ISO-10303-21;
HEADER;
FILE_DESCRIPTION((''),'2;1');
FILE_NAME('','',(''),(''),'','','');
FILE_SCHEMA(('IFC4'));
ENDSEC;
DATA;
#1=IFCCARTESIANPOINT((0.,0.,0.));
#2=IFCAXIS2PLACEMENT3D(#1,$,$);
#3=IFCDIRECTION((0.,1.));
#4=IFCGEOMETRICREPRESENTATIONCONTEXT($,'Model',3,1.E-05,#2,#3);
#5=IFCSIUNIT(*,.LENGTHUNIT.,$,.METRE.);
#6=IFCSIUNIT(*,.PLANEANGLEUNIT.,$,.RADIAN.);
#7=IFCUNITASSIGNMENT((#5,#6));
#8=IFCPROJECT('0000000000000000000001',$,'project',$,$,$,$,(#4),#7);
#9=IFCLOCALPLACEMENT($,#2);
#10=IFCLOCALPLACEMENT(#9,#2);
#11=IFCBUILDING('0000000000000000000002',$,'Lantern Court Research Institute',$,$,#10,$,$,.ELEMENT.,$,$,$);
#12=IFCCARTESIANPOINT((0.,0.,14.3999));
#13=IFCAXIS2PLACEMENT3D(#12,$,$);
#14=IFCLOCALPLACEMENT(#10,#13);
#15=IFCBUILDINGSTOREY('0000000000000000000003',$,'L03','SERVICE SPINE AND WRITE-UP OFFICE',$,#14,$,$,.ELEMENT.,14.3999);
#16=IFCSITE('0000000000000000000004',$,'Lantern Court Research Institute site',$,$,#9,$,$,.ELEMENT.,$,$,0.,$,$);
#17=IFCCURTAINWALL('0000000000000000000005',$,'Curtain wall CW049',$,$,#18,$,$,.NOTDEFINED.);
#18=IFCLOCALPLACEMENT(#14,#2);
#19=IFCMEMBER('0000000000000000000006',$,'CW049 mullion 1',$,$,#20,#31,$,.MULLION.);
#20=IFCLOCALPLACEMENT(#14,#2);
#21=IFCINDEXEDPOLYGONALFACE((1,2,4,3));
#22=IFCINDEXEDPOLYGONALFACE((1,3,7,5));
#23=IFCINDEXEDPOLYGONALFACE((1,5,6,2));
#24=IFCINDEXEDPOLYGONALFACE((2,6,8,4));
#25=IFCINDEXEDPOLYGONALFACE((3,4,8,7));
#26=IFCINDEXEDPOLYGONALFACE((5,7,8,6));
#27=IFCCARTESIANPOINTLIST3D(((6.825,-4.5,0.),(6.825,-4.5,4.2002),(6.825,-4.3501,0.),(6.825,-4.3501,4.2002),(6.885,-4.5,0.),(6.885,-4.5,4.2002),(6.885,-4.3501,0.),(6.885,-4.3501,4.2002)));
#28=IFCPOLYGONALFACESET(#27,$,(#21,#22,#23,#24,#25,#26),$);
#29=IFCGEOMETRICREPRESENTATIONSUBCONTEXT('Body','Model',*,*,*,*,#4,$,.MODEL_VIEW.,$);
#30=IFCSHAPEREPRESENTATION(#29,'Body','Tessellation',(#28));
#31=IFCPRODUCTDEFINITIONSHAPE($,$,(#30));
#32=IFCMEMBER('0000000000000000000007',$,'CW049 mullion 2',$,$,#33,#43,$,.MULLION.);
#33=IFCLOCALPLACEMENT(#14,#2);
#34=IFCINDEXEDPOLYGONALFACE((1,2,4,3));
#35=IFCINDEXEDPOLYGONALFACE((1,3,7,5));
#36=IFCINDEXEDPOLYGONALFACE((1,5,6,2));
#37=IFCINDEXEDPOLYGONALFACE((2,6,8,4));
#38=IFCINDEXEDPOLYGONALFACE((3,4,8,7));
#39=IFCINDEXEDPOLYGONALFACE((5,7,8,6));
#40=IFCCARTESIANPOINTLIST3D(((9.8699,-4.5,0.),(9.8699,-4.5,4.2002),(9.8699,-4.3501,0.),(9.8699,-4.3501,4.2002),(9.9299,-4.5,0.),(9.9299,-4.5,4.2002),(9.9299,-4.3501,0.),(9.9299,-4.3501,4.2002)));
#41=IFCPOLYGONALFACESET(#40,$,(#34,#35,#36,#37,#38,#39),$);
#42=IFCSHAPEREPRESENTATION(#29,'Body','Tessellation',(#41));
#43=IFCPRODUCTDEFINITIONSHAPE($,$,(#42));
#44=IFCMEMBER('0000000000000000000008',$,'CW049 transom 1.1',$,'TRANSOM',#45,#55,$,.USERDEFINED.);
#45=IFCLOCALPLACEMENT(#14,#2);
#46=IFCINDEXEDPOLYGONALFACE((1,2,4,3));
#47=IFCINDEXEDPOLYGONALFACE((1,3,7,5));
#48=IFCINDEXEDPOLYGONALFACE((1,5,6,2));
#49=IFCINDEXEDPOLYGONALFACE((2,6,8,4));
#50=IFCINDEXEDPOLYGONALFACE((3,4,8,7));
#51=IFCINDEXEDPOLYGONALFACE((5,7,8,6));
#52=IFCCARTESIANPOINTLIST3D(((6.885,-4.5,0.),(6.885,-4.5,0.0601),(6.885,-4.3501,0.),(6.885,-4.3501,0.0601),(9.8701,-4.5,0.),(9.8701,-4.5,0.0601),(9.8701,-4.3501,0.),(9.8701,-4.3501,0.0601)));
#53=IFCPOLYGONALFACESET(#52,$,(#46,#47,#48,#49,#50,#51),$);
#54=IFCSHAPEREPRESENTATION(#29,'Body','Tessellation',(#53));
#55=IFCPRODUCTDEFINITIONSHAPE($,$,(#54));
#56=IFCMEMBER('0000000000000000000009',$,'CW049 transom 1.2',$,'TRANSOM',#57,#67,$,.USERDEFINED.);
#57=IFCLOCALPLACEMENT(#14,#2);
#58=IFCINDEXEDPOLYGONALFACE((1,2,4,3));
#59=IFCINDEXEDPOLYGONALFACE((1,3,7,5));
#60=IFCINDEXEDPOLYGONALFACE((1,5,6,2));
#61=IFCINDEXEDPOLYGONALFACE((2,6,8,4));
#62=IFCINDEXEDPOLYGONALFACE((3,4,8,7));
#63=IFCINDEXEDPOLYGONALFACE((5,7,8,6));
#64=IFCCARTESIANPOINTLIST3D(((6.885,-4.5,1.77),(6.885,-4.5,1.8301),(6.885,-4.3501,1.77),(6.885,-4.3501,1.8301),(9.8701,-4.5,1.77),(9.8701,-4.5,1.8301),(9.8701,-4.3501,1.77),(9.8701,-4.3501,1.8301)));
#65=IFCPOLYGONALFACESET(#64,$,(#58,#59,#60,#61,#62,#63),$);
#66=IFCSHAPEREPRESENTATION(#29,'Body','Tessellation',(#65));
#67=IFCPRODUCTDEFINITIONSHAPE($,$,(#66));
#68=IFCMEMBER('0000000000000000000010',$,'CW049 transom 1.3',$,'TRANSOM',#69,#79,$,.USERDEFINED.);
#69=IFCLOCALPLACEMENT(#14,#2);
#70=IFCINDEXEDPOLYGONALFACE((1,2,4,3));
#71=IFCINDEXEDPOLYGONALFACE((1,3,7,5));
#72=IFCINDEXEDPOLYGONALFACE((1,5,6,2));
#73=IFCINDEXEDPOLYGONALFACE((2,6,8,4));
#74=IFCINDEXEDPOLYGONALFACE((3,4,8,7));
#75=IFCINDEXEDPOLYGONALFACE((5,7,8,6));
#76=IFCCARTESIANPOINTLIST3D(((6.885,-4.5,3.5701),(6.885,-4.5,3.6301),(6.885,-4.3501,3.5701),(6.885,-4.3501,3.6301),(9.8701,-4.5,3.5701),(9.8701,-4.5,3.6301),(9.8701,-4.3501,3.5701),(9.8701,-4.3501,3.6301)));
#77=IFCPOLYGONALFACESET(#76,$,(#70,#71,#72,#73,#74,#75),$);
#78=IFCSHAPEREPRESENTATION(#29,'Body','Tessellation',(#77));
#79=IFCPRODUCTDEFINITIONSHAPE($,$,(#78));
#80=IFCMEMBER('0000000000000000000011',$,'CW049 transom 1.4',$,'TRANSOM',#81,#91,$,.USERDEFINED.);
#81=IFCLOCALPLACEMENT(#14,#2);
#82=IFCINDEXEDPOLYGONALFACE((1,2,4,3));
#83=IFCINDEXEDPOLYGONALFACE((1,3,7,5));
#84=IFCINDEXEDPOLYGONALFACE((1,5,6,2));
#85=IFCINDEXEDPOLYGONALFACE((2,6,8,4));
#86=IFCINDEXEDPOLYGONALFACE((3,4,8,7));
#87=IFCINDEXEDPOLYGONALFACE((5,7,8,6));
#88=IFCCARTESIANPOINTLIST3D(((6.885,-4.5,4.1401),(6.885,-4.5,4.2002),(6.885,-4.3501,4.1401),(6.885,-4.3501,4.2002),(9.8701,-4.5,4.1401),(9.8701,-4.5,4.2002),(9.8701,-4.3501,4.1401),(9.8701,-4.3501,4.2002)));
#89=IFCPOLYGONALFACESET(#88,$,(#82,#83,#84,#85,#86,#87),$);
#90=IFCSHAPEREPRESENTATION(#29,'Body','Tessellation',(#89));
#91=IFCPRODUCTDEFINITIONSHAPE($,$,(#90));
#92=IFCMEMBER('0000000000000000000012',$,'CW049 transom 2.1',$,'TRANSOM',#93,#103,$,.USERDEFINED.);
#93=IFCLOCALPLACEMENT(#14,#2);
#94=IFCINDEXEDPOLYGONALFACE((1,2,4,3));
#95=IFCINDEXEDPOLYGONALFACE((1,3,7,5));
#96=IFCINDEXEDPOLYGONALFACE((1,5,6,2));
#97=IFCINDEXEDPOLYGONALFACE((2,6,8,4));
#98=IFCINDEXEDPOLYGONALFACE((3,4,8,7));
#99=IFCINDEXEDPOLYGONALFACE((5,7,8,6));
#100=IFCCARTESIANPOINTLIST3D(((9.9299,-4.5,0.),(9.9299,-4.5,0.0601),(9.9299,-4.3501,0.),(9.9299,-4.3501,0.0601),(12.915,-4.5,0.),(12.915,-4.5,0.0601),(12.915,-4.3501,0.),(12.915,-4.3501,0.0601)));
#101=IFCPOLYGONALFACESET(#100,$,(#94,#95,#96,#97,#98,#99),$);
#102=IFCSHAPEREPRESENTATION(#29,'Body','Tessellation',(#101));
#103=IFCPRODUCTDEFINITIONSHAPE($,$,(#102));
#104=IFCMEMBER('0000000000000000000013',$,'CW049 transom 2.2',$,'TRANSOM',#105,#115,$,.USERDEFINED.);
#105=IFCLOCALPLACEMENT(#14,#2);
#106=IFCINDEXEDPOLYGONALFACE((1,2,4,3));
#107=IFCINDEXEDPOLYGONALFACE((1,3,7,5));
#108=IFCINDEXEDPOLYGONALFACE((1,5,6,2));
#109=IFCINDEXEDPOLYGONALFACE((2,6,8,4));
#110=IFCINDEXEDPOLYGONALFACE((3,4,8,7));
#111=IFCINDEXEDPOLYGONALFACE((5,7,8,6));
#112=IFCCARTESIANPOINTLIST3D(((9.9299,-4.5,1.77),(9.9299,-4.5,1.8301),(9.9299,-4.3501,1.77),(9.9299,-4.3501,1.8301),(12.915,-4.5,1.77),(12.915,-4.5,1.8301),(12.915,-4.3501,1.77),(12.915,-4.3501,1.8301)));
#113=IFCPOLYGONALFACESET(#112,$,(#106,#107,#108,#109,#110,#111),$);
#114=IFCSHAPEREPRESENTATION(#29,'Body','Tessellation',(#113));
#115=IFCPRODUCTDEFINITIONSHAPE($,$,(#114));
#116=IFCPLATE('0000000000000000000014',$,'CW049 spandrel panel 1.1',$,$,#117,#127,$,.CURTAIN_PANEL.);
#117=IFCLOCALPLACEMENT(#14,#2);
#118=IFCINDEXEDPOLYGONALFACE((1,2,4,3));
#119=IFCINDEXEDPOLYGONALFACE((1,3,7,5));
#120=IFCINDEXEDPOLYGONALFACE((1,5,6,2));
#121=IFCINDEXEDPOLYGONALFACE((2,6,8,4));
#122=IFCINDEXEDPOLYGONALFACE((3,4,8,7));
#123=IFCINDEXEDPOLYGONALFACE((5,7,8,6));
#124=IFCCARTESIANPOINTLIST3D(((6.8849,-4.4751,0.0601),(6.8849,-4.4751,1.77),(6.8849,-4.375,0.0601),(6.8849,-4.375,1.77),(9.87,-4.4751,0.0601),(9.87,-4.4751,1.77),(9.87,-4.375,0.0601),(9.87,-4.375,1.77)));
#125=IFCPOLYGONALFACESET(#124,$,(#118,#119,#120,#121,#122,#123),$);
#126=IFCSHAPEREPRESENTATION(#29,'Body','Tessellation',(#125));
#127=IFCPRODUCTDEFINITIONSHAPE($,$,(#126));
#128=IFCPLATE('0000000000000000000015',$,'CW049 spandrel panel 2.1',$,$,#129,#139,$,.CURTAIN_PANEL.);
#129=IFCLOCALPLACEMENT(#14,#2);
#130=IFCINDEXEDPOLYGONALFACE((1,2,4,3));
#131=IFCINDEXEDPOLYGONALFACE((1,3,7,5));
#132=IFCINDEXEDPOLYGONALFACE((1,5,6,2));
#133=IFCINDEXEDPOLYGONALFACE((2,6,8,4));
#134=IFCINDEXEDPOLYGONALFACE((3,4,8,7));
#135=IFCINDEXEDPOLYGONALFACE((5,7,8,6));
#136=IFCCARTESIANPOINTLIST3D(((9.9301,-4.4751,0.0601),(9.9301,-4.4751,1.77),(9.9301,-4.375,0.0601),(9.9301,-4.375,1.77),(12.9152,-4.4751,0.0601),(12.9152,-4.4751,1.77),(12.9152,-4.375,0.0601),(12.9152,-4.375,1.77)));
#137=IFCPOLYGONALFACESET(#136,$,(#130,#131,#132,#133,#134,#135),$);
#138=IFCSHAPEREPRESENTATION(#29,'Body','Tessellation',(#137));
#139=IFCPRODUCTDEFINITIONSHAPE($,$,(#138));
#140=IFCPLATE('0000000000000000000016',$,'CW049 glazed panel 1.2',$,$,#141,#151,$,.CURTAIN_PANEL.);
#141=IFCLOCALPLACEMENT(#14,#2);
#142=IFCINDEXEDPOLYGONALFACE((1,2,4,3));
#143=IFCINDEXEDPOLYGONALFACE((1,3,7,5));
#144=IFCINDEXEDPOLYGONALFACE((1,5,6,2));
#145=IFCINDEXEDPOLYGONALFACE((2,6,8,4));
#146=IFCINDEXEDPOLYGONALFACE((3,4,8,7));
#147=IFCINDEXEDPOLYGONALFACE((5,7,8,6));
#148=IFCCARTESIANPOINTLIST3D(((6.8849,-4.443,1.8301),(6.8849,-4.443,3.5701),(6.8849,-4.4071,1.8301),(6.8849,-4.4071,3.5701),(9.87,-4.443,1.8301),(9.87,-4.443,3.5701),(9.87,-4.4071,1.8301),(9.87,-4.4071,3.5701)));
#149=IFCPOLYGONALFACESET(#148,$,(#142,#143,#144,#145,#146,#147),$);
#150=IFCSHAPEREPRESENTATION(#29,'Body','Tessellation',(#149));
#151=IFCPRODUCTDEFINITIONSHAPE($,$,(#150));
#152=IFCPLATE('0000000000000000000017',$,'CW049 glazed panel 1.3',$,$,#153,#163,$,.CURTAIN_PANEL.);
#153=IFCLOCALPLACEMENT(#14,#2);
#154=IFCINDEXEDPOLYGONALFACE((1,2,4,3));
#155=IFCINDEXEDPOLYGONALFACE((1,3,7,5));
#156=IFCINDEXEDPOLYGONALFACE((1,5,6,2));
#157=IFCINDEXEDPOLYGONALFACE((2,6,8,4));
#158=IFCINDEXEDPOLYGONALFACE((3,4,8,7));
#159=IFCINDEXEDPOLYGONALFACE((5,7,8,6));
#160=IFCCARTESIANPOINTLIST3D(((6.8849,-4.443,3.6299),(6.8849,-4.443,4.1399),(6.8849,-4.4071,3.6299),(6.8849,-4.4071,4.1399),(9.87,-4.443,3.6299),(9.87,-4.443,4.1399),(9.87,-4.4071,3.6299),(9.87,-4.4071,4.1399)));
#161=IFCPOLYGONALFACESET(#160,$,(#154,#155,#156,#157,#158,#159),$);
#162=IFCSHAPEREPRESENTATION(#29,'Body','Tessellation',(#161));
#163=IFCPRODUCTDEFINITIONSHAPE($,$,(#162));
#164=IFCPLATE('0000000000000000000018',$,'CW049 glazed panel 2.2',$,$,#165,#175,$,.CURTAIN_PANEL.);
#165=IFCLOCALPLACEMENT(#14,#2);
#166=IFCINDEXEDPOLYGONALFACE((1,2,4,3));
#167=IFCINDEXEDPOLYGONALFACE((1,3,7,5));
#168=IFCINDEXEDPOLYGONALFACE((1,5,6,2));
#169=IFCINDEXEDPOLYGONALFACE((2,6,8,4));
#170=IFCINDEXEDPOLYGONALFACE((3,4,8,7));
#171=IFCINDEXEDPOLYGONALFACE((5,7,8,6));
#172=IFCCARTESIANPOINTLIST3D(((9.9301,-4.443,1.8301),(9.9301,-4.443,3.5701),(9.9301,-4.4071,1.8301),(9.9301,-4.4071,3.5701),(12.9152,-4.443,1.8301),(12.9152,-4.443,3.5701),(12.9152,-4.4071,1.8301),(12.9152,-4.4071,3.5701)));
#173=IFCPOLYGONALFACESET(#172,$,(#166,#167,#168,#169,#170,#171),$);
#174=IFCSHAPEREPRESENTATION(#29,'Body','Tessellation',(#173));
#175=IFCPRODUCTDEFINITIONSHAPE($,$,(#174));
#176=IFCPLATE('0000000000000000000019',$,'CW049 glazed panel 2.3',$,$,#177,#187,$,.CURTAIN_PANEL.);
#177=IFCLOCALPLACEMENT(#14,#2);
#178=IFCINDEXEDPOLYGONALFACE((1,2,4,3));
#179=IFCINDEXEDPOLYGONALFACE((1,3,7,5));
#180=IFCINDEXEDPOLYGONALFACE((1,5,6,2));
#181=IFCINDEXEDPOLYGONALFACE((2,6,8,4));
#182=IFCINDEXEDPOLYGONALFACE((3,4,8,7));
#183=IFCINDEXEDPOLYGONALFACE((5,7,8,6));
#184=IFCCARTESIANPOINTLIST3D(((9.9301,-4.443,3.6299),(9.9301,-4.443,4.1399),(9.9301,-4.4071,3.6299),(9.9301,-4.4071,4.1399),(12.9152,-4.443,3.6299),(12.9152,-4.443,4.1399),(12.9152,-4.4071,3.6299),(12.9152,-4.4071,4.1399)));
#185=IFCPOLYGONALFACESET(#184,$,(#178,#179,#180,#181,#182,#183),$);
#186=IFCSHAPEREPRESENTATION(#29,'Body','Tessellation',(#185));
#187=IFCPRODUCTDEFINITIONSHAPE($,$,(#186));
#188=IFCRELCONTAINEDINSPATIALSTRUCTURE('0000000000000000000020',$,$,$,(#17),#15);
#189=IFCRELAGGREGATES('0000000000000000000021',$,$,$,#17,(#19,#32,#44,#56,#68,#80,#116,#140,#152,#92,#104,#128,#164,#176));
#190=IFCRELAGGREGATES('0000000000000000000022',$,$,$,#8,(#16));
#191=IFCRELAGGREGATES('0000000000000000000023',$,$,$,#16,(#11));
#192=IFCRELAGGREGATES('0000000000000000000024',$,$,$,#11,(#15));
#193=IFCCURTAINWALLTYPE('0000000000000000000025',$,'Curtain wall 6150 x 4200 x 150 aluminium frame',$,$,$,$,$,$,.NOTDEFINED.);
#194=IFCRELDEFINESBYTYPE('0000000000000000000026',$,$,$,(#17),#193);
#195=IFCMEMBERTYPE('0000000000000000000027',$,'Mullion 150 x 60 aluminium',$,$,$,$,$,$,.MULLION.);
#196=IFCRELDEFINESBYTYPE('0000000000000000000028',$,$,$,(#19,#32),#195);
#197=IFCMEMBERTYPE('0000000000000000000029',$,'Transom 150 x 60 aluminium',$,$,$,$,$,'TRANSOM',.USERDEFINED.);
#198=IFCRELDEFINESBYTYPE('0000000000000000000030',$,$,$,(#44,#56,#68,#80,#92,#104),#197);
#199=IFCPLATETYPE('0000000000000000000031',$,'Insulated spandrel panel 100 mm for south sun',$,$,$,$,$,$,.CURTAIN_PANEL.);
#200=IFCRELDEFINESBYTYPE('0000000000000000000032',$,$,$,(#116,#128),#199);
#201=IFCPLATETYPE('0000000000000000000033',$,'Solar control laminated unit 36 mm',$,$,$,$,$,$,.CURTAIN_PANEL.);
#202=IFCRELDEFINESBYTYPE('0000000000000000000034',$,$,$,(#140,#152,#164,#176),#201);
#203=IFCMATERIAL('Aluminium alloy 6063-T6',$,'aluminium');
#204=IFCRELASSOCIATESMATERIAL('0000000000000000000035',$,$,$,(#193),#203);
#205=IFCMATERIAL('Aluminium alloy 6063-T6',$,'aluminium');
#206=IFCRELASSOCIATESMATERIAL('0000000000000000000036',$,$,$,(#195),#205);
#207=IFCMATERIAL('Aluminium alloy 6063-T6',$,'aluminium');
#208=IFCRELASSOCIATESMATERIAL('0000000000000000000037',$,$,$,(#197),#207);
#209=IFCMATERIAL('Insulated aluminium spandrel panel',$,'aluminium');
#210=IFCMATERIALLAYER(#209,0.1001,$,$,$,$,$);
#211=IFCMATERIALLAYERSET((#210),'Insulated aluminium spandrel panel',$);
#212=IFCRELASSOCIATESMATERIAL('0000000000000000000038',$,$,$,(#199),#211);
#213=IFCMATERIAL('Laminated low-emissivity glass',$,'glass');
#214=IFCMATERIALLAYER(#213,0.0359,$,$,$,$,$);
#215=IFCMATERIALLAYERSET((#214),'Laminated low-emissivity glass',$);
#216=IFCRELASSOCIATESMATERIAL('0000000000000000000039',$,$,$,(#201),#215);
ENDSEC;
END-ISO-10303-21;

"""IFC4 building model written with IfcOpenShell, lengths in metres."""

from ifc_helpers import new_model, si_unit, direction, frame, origin, origin_2d, place, context, subcontext, project, spatial, rectangle, extrude, material, layer, layer_set, material_profile, profile_set, type_object, element, aggregate, save


model = new_model("IFC4")

# Units and contexts
model_context = context("Model", 3, precision=1e-05, world=origin(), true_north=direction((0.0, 1.0)))
body_context = subcontext(model_context, "Body", "Model", "MODEL_VIEW")
ifc_project = project(units=[si_unit("LENGTHUNIT", "METRE"), si_unit("PLANEANGLEUNIT", "RADIAN")], contexts=[model_context])

# Site, building, storey
site_placement = place(None, origin())
site = spatial("IfcSite", under=ifc_project, at=site_placement, Name="Lantern Court Research Institute site", CompositionType="ELEMENT", RefElevation=0.0)
building_placement = place(site_placement, origin())
building = spatial("IfcBuilding", under=site, at=building_placement, Name="Lantern Court Research Institute", CompositionType="ELEMENT")
storey_placement = place(building_placement, frame((0.0, 0.0, 14.3999)))
storey = spatial("IfcBuildingStorey", under=building, at=storey_placement, Name="L03", Description="SERVICE SPINE AND WRITE-UP OFFICE", CompositionType="ELEMENT", Elevation=14.3999)

# Curtain wall, members, plates
ifc_material_1 = material(Name="Aluminium alloy 6063-T6", Category="aluminium")
curtain_wall_type = type_object("IfcCurtainWallType", Name="Curtain wall 6150 x 4200 x 150 aluminium frame", PredefinedType="NOTDEFINED", material=ifc_material_1)
curtain_wall_placement = place(storey_placement, origin())
curtain_wall = element("IfcCurtainWall", 1, at=curtain_wall_placement, inside=storey, type_object=curtain_wall_type, Name="Curtain wall CW049", PredefinedType="NOTDEFINED")
ifc_material_2 = material(Name="Aluminium alloy 6063-T6", Category="aluminium")
ifc_material_profile_1 = material_profile(ifc_material_2, rectangle(XDim=0.1499, YDim=0.0601, at=origin_2d()), Name="Mullion 150 x 60")
ifc_profile_set_1 = profile_set([ifc_material_profile_1], Name="Aluminium alloy 6063-T6")
member_type_1 = type_object("IfcMemberType", Name="Mullion 150 x 60 aluminium", PredefinedType="MULLION", material=ifc_profile_set_1)
member_1_placement = place(storey_placement, frame((6.855, -4.425, 0.0), z_axis=(0.0, 0.0, 1.0), x_axis=(0.0, -1.0, 0.0)))
member_1 = element("IfcMember", 2, at=member_1_placement, type_object=member_type_1, Name="CW049 mullion 1", PredefinedType="MULLION", context=body_context, shape_type="SweptSolid", body=[
    extrude(rectangle(XDim=0.1499, YDim=0.0601, at=origin_2d()), origin(), (0.0, 0.0, 1.0), 4.2002),
])
member_2_placement = place(storey_placement, frame((9.8999, -4.425, 0.0), z_axis=(0.0, 0.0, 1.0), x_axis=(0.0, -1.0, 0.0)))
member_2 = element("IfcMember", 3, at=member_2_placement, type_object=member_type_1, Name="CW049 mullion 2", PredefinedType="MULLION", context=body_context, shape_type="SweptSolid", body=[
    extrude(rectangle(XDim=0.1499, YDim=0.0601, at=origin_2d()), origin(), (0.0, 0.0, 1.0), 4.2002),
])
ifc_material_3 = material(Name="Aluminium alloy 6063-T6", Category="aluminium")
ifc_material_profile_2 = material_profile(ifc_material_3, rectangle(XDim=0.1499, YDim=0.0601, at=origin_2d()), Name="Transom 150 x 60")
ifc_profile_set_2 = profile_set([ifc_material_profile_2], Name="Aluminium alloy 6063-T6")
member_type_2 = type_object("IfcMemberType", Name="Transom 150 x 60 aluminium", ElementType="TRANSOM", PredefinedType="USERDEFINED", material=ifc_profile_set_2)
member_3_placement = place(storey_placement, frame((9.8701, -4.425, 0.03), z_axis=(-1.0, 0.0, 0.0), x_axis=(0.0, -1.0, 0.0)))
member_3 = element("IfcMember", 4, at=member_3_placement, type_object=member_type_2, Name="CW049 transom 1.1", ObjectType="TRANSOM", PredefinedType="USERDEFINED", context=body_context, shape_type="SweptSolid", body=[
    extrude(rectangle(XDim=0.1499, YDim=0.0601, at=origin_2d()), origin(), (0.0, 0.0, 1.0), 2.9851),
])
member_4_placement = place(storey_placement, frame((9.8701, -4.425, 1.8), z_axis=(-1.0, 0.0, 0.0), x_axis=(0.0, -1.0, 0.0)))
member_4 = element("IfcMember", 5, at=member_4_placement, type_object=member_type_2, Name="CW049 transom 1.2", ObjectType="TRANSOM", PredefinedType="USERDEFINED", context=body_context, shape_type="SweptSolid", body=[
    extrude(rectangle(XDim=0.1499, YDim=0.0601, at=origin_2d()), origin(), (0.0, 0.0, 1.0), 2.9851),
])
member_5_placement = place(storey_placement, frame((9.8701, -4.425, 3.6001), z_axis=(-1.0, 0.0, 0.0), x_axis=(0.0, -1.0, 0.0)))
member_5 = element("IfcMember", 6, at=member_5_placement, type_object=member_type_2, Name="CW049 transom 1.3", ObjectType="TRANSOM", PredefinedType="USERDEFINED", context=body_context, shape_type="SweptSolid", body=[
    extrude(rectangle(XDim=0.1499, YDim=0.0601, at=origin_2d()), origin(), (0.0, 0.0, 1.0), 2.9851),
])
member_6_placement = place(storey_placement, frame((9.8701, -4.425, 4.1702), z_axis=(-1.0, 0.0, 0.0), x_axis=(0.0, -1.0, 0.0)))
member_6 = element("IfcMember", 7, at=member_6_placement, type_object=member_type_2, Name="CW049 transom 1.4", ObjectType="TRANSOM", PredefinedType="USERDEFINED", context=body_context, shape_type="SweptSolid", body=[
    extrude(rectangle(XDim=0.1499, YDim=0.0601, at=origin_2d()), origin(), (0.0, 0.0, 1.0), 2.9851),
])
member_7_placement = place(storey_placement, frame((12.915, -4.425, 0.03), z_axis=(-1.0, 0.0, 0.0), x_axis=(0.0, -1.0, 0.0)))
member_7 = element("IfcMember", 8, at=member_7_placement, type_object=member_type_2, Name="CW049 transom 2.1", ObjectType="TRANSOM", PredefinedType="USERDEFINED", context=body_context, shape_type="SweptSolid", body=[
    extrude(rectangle(XDim=0.1499, YDim=0.0601, at=origin_2d()), origin(), (0.0, 0.0, 1.0), 2.9851),
])
member_8_placement = place(storey_placement, frame((12.915, -4.425, 1.8), z_axis=(-1.0, 0.0, 0.0), x_axis=(0.0, -1.0, 0.0)))
member_8 = element("IfcMember", 9, at=member_8_placement, type_object=member_type_2, Name="CW049 transom 2.2", ObjectType="TRANSOM", PredefinedType="USERDEFINED", context=body_context, shape_type="SweptSolid", body=[
    extrude(rectangle(XDim=0.1499, YDim=0.0601, at=origin_2d()), origin(), (0.0, 0.0, 1.0), 2.9851),
])
ifc_material_4 = material(Name="Insulated aluminium spandrel panel", Category="aluminium")
ifc_layer_1 = layer(ifc_material_4, 0.1001)
ifc_layer_set_1 = layer_set([ifc_layer_1], Name="Insulated aluminium spandrel panel")
plate_type_1 = type_object("IfcPlateType", Name="Insulated spandrel panel 100 mm for south sun", PredefinedType="CURTAIN_PANEL", material=ifc_layer_set_1)
plate_1_placement = place(storey_placement, frame((8.3774, -4.425, 0.0601), z_axis=(0.0, 0.0, 1.0), x_axis=(-1.0, 0.0, 0.0)))
plate_1 = element("IfcPlate", 10, at=plate_1_placement, type_object=plate_type_1, Name="CW049 spandrel panel 1.1", PredefinedType="CURTAIN_PANEL", context=body_context, shape_type="SweptSolid", body=[
    extrude(rectangle(XDim=2.9851, YDim=0.1001, at=origin_2d()), origin(), (0.0, 0.0, 1.0), 1.71),
])
plate_2_placement = place(storey_placement, frame((11.4226, -4.425, 0.0601), z_axis=(0.0, 0.0, 1.0), x_axis=(-1.0, 0.0, 0.0)))
plate_2 = element("IfcPlate", 11, at=plate_2_placement, type_object=plate_type_1, Name="CW049 spandrel panel 2.1", PredefinedType="CURTAIN_PANEL", context=body_context, shape_type="SweptSolid", body=[
    extrude(rectangle(XDim=2.9851, YDim=0.1001, at=origin_2d()), origin(), (0.0, 0.0, 1.0), 1.71),
])
ifc_material_5 = material(Name="Laminated low-emissivity glass", Category="glass")
ifc_layer_2 = layer(ifc_material_5, 0.0359)
ifc_layer_set_2 = layer_set([ifc_layer_2], Name="Laminated low-emissivity glass")
plate_type_2 = type_object("IfcPlateType", Name="Solar control laminated unit 36 mm", PredefinedType="CURTAIN_PANEL", material=ifc_layer_set_2)
plate_3_placement = place(storey_placement, frame((8.3774, -4.425, 1.8301), z_axis=(0.0, 0.0, 1.0), x_axis=(-1.0, 0.0, 0.0)))
plate_3 = element("IfcPlate", 12, at=plate_3_placement, type_object=plate_type_2, Name="CW049 glazed panel 1.2", PredefinedType="CURTAIN_PANEL", context=body_context, shape_type="SweptSolid", body=[
    extrude(rectangle(XDim=2.9851, YDim=0.0359, at=origin_2d()), origin(), (0.0, 0.0, 1.0), 1.74),
])
plate_4_placement = place(storey_placement, frame((8.3774, -4.425, 3.6299), z_axis=(0.0, 0.0, 1.0), x_axis=(-1.0, 0.0, 0.0)))
plate_4 = element("IfcPlate", 13, at=plate_4_placement, type_object=plate_type_2, Name="CW049 glazed panel 1.3", PredefinedType="CURTAIN_PANEL", context=body_context, shape_type="SweptSolid", body=[
    extrude(rectangle(XDim=2.9851, YDim=0.0359, at=origin_2d()), origin(), (0.0, 0.0, 1.0), 0.51),
])
plate_5_placement = place(storey_placement, frame((11.4226, -4.425, 1.8301), z_axis=(0.0, 0.0, 1.0), x_axis=(-1.0, 0.0, 0.0)))
plate_5 = element("IfcPlate", 14, at=plate_5_placement, type_object=plate_type_2, Name="CW049 glazed panel 2.2", PredefinedType="CURTAIN_PANEL", context=body_context, shape_type="SweptSolid", body=[
    extrude(rectangle(XDim=2.9851, YDim=0.0359, at=origin_2d()), origin(), (0.0, 0.0, 1.0), 1.74),
])
plate_6_placement = place(storey_placement, frame((11.4226, -4.425, 3.6299), z_axis=(0.0, 0.0, 1.0), x_axis=(-1.0, 0.0, 0.0)))
plate_6 = element("IfcPlate", 15, at=plate_6_placement, type_object=plate_type_2, Name="CW049 glazed panel 2.3", PredefinedType="CURTAIN_PANEL", context=body_context, shape_type="SweptSolid", body=[
    extrude(rectangle(XDim=2.9851, YDim=0.0359, at=origin_2d()), origin(), (0.0, 0.0, 1.0), 0.51),
])
aggregate(curtain_wall, [member_1, member_2, member_3, member_4, member_5, member_6, plate_1, plate_3, plate_4, member_7, member_8, plate_2, plate_5, plate_6])

save(model, "model.ifc")
